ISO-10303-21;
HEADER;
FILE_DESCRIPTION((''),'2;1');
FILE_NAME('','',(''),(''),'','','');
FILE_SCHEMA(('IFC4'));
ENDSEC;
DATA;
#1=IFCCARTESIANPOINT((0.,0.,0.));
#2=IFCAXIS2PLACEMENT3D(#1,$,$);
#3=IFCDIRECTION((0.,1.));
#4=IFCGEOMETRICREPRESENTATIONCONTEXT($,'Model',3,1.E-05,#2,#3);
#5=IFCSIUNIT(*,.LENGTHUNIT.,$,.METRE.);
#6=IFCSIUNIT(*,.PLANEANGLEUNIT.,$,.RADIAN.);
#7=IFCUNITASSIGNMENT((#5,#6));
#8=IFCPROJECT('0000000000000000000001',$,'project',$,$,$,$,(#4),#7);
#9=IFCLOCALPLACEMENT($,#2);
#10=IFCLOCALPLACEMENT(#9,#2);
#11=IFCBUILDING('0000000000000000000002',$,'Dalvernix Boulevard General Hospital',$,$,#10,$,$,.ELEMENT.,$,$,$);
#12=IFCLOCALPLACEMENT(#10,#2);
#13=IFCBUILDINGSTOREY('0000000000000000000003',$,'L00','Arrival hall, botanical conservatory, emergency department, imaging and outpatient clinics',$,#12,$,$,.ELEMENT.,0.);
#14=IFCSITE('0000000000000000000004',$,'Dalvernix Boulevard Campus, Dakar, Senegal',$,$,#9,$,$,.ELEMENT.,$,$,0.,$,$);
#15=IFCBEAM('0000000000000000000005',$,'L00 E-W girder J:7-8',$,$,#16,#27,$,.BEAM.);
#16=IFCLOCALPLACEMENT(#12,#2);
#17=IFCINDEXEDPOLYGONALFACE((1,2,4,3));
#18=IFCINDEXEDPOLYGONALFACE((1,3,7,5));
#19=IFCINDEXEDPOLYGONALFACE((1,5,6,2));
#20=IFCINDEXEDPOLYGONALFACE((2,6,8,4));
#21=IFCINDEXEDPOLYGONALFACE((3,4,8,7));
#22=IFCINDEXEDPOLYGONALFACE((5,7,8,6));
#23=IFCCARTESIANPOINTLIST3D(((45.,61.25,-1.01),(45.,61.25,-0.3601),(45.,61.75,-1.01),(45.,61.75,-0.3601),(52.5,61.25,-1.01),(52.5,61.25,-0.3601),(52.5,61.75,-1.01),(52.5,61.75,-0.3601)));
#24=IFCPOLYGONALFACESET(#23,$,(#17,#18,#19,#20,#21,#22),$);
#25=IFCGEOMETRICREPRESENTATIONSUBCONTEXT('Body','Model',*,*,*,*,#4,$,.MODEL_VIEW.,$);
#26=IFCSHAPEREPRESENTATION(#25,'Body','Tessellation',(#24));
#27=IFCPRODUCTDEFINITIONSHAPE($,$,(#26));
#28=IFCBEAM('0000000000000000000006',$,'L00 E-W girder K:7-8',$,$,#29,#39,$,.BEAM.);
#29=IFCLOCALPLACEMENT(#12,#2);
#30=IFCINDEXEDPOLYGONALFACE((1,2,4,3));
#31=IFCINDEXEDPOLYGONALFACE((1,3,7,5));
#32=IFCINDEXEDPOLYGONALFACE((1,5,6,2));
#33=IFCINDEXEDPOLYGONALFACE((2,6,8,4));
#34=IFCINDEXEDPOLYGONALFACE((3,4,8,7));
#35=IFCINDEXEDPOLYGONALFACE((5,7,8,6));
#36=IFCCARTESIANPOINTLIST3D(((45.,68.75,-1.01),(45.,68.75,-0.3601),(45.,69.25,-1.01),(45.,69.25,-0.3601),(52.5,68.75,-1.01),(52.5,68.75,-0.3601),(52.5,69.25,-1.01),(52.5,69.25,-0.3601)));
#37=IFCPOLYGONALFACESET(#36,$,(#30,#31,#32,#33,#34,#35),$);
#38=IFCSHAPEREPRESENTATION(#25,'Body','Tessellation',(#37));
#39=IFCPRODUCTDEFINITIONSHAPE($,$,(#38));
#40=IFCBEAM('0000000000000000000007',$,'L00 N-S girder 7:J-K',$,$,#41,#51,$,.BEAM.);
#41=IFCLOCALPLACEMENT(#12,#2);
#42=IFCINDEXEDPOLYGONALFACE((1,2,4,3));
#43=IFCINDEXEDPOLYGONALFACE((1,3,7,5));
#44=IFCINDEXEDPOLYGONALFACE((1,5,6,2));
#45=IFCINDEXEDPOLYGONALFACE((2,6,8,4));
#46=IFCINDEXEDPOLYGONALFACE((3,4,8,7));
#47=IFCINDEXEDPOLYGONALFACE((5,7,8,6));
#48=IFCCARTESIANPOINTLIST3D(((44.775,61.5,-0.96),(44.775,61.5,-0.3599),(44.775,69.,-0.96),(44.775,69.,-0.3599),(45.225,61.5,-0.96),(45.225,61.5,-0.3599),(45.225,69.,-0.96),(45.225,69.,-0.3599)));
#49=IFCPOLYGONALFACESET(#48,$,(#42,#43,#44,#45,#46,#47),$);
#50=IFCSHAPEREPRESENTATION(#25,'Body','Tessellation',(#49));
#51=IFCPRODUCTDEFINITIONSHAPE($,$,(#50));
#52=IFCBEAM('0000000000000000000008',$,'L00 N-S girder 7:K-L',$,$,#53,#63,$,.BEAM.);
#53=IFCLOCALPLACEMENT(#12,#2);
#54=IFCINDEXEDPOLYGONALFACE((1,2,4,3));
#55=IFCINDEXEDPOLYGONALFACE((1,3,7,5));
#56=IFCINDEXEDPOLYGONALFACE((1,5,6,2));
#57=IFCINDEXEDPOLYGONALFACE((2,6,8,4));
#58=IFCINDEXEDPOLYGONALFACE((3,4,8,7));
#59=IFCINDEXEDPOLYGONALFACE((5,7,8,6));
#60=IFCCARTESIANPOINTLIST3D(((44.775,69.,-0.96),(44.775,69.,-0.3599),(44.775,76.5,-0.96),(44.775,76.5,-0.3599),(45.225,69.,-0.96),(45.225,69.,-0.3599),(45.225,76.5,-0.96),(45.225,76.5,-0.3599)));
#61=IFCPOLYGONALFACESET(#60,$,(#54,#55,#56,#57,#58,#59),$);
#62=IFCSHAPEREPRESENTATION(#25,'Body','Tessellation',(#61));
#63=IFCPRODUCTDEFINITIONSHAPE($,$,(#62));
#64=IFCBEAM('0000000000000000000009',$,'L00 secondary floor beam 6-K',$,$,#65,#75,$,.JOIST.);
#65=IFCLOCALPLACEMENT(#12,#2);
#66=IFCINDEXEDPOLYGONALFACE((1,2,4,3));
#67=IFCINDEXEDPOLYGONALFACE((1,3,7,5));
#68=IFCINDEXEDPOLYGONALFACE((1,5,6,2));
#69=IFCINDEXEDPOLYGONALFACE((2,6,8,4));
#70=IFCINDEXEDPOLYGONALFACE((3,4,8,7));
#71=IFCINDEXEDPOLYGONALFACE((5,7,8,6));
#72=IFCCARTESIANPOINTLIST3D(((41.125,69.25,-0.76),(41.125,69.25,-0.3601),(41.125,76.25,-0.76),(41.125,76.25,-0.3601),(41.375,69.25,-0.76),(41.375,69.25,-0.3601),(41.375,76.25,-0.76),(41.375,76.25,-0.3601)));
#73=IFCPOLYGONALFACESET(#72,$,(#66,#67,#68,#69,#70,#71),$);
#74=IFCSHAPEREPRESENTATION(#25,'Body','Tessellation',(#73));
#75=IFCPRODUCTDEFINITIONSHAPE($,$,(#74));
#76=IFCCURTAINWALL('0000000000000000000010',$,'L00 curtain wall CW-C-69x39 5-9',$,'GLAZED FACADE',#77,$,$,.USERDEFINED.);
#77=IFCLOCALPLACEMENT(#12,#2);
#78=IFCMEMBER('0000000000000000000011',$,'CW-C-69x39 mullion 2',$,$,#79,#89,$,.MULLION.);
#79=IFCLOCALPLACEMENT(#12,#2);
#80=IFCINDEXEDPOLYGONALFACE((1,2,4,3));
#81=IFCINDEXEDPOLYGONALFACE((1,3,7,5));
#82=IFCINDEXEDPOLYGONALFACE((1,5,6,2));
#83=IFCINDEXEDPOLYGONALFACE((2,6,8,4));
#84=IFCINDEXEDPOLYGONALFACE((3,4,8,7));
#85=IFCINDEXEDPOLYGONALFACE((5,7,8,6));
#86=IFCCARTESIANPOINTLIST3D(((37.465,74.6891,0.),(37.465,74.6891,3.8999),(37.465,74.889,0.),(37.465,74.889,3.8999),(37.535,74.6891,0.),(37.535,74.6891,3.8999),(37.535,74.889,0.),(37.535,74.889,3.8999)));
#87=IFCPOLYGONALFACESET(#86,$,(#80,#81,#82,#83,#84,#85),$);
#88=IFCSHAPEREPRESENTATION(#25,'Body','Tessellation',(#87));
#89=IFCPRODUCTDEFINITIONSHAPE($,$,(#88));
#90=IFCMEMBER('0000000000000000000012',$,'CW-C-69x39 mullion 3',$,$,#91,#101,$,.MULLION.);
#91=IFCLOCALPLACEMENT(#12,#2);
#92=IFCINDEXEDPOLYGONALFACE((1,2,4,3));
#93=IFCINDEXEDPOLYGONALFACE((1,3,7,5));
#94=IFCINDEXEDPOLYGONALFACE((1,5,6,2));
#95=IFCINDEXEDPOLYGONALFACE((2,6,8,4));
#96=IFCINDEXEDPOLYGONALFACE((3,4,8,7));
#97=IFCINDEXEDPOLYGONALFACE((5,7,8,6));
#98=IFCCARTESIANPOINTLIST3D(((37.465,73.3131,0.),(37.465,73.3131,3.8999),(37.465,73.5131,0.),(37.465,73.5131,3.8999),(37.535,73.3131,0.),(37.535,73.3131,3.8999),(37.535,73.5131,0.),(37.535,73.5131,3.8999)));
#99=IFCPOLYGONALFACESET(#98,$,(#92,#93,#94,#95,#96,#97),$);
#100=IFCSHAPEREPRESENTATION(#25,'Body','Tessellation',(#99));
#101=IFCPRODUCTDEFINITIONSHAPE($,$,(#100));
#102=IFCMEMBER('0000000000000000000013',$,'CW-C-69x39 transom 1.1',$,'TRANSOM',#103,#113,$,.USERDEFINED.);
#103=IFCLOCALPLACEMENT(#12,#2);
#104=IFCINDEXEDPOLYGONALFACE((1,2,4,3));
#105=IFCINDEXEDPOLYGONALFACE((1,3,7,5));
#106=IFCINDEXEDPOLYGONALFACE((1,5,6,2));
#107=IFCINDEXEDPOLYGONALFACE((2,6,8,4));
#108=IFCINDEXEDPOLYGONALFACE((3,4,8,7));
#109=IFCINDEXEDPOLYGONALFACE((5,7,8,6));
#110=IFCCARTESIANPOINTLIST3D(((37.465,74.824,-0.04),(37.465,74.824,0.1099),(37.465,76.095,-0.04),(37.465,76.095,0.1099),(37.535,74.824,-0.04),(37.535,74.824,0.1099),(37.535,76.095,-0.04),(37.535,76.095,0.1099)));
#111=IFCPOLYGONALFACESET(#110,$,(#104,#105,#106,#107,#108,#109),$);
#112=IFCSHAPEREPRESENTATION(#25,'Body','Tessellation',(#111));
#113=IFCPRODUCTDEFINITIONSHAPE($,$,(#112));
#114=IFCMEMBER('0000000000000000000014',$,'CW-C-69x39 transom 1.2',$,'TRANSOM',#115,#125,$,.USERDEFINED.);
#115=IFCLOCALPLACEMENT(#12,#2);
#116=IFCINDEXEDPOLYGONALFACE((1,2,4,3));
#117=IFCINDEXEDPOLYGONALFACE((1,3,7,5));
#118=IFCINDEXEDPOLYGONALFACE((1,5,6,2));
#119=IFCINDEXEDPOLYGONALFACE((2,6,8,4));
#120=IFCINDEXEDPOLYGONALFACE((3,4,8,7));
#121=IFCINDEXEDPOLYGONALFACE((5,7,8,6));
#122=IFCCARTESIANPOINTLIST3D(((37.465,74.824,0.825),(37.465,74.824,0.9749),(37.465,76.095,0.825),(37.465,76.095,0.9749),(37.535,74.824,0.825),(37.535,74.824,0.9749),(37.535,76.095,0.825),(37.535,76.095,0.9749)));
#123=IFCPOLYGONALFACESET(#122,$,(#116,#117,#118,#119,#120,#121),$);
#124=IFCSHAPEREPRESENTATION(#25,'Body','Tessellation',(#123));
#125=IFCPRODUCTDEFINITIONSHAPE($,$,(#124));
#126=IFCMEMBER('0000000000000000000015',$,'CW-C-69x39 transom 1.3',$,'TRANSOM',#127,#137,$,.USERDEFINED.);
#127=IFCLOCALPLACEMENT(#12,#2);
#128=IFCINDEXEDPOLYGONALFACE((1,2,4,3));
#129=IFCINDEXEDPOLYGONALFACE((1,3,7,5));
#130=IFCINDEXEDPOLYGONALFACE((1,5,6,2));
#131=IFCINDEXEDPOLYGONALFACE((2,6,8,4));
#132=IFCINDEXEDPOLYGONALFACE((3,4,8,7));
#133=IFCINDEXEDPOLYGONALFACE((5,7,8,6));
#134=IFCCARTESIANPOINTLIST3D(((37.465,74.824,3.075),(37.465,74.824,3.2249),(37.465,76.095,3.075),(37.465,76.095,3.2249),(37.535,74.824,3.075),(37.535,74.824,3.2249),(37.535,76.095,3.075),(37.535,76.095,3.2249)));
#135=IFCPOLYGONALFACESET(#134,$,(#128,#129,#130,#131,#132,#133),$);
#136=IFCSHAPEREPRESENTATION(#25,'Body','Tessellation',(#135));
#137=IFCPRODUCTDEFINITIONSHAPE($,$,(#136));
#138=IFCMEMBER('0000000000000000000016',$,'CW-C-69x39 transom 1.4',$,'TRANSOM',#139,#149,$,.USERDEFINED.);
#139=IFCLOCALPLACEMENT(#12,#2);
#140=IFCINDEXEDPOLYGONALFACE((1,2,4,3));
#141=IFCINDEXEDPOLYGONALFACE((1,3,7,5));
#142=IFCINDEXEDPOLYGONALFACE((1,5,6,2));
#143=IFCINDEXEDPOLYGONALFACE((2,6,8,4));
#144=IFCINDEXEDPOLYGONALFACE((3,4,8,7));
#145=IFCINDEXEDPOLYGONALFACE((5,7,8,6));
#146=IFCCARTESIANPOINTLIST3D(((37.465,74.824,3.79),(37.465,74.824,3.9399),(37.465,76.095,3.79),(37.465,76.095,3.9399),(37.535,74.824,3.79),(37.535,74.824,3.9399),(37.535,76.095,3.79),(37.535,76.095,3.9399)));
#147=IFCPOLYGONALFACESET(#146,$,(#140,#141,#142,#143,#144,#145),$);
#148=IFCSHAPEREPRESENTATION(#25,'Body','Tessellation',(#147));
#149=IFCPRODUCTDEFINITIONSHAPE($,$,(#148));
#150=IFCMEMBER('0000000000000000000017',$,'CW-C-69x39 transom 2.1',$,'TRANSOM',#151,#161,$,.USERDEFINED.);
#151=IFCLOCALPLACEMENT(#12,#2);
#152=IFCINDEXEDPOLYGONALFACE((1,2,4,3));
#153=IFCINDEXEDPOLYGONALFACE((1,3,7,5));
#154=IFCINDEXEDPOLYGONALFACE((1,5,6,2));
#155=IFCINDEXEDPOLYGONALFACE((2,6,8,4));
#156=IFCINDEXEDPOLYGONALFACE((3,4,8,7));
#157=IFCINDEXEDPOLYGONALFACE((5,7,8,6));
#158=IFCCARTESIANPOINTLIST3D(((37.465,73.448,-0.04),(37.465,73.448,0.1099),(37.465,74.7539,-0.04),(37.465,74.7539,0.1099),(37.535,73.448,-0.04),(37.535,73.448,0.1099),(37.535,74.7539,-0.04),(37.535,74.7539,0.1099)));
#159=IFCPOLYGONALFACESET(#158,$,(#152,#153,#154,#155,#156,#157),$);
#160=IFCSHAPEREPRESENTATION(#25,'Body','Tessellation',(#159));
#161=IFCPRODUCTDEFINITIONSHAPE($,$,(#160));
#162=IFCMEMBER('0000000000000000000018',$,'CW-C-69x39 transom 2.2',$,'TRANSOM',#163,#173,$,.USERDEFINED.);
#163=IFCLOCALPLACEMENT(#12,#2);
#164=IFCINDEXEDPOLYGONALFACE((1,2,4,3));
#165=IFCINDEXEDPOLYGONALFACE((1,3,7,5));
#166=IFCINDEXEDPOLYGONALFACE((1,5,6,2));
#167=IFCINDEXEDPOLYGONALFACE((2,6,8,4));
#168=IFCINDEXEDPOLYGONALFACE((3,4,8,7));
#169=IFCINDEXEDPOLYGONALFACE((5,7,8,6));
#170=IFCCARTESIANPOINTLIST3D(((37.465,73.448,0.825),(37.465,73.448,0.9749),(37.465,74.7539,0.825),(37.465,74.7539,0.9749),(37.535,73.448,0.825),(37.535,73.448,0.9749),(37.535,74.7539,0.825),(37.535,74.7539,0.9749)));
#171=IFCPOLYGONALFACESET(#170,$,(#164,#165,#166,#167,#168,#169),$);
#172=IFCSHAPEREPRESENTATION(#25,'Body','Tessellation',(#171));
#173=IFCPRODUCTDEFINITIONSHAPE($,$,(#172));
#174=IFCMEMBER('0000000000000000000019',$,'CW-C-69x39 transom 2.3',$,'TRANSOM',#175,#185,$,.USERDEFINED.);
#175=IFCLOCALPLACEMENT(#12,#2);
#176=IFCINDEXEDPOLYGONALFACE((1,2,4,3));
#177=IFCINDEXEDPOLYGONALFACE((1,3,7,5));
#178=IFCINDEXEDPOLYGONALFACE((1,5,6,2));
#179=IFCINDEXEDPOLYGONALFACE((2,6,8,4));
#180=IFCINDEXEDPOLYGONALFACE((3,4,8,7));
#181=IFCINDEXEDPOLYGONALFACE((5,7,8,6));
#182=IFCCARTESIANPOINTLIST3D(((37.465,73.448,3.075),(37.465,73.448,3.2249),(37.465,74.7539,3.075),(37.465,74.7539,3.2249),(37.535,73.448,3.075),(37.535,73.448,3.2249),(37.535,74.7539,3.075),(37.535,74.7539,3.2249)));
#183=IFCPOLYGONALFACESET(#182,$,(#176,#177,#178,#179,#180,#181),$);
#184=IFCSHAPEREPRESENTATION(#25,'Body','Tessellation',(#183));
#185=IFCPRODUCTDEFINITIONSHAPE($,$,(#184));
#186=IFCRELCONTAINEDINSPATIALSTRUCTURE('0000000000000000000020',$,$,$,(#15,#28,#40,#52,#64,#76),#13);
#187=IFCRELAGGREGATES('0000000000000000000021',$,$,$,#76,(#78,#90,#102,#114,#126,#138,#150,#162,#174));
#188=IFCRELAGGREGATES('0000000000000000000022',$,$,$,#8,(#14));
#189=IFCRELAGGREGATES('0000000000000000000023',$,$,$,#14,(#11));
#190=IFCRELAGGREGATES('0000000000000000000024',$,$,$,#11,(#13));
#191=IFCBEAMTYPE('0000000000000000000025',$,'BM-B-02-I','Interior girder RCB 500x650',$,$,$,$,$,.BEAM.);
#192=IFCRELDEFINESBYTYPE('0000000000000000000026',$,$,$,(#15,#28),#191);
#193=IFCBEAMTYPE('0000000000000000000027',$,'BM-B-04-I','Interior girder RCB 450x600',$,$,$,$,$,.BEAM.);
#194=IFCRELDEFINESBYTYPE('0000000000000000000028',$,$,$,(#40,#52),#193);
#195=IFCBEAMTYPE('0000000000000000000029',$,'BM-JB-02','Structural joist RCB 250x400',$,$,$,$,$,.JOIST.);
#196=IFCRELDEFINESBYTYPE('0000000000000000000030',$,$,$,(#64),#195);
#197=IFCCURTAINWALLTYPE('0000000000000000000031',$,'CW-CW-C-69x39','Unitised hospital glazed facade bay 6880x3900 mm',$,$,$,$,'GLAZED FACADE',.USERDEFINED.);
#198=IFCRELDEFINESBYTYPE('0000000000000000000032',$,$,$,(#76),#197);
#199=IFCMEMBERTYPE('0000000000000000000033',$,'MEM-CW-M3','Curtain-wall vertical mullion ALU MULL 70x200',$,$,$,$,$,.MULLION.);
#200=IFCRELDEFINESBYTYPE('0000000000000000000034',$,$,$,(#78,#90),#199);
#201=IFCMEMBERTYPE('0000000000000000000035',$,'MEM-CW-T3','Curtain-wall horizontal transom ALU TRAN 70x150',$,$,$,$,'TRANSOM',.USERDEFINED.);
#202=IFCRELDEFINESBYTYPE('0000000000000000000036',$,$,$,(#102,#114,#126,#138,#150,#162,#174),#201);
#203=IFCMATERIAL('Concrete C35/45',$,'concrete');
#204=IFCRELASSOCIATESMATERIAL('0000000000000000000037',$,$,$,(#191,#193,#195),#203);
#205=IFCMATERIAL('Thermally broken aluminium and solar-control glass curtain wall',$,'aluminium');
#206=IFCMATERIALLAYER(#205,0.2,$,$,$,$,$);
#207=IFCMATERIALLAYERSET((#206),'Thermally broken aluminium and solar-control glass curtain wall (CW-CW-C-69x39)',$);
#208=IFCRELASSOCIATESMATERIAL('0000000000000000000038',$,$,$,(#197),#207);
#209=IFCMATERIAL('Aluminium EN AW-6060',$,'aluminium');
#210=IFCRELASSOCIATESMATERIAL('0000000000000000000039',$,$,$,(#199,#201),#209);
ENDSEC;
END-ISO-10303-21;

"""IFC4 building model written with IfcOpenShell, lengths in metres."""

from ifc_helpers import new_model, si_unit, direction, frame, origin, origin_2d, place, context, subcontext, project, spatial, rectangle, extrude, material, layer, layer_set, material_profile, profile_set, type_object, element, aggregate, save


model = new_model("IFC4")

# Units and contexts
model_context = context("Model", 3, precision=1e-05, world=origin(), true_north=direction((0.0, 1.0)))
body_context = subcontext(model_context, "Body", "Model", "MODEL_VIEW")
ifc_project = project(units=[si_unit("LENGTHUNIT", "METRE"), si_unit("PLANEANGLEUNIT", "RADIAN")], contexts=[model_context])

# Site, building, storey
site_placement = place(None, origin())
site = spatial("IfcSite", under=ifc_project, at=site_placement, Name="Dalvernix Boulevard Campus, Dakar, Senegal", CompositionType="ELEMENT", RefElevation=0.0)
building_placement = place(site_placement, origin())
building = spatial("IfcBuilding", under=site, at=building_placement, Name="Dalvernix Boulevard General Hospital", CompositionType="ELEMENT")
storey_placement = place(building_placement, origin())
storey = spatial("IfcBuildingStorey", under=building, at=storey_placement, Name="L00", Description="Arrival hall, botanical conservatory, emergency department, imaging and outpatient clinics", CompositionType="ELEMENT", Elevation=0.0)

# Beams
ifc_material_1 = material(Name="Concrete C35/45", Category="concrete")
ifc_material_profile_1 = material_profile(ifc_material_1, rectangle(XDim=0.5, YDim=0.6499, at=origin_2d()), Name="RCB 500x650")
ifc_profile_set_1 = profile_set([ifc_material_profile_1], Name="Concrete C35/45")
beam_type_1 = type_object("IfcBeamType", Name="BM-B-02-I", Description="Interior girder RCB 500x650", PredefinedType="BEAM", material=ifc_profile_set_1)
for number, where, z_axis, x_axis, name in (
    (1, (45.0, 61.5, -0.6851), (1.0, 0.0, 0.0), (0.0, 1.0, 0.0), "L00 E-W girder J:7-8"),
    (2, (45.0, 69.0, -0.6851), (1.0, 0.0, 0.0), (0.0, 1.0, 0.0), "L00 E-W girder K:7-8"),
):
    element("IfcBeam", number, at=place(storey_placement, frame(where, z_axis=z_axis, x_axis=x_axis)), inside=storey, type_object=beam_type_1, Name=name, PredefinedType="BEAM", context=body_context, shape_type="SweptSolid", body=[
        extrude(rectangle(XDim=0.5, YDim=0.6499, at=origin_2d()), origin(), (0.0, 0.0, 1.0), 7.5),
    ])
ifc_material_profile_2 = material_profile(ifc_material_1, rectangle(XDim=0.45, YDim=0.6001, at=origin_2d()), Name="RCB 450x600")
ifc_profile_set_2 = profile_set([ifc_material_profile_2], Name="Concrete C35/45")
beam_type_2 = type_object("IfcBeamType", Name="BM-B-04-I", Description="Interior girder RCB 450x600", PredefinedType="BEAM", material=ifc_profile_set_2)
for number, where, z_axis, x_axis, name in (
    (3, (45.0, 61.5, -0.6599), (0.0, 1.0, 0.0), (-1.0, 0.0, 0.0), "L00 N-S girder 7:J-K"),
    (4, (45.0, 69.0, -0.6599), (0.0, 1.0, 0.0), (-1.0, 0.0, 0.0), "L00 N-S girder 7:K-L"),
):
    element("IfcBeam", number, at=place(storey_placement, frame(where, z_axis=z_axis, x_axis=x_axis)), inside=storey, type_object=beam_type_2, Name=name, PredefinedType="BEAM", context=body_context, shape_type="SweptSolid", body=[
        extrude(rectangle(XDim=0.45, YDim=0.6001, at=origin_2d()), origin(), (0.0, 0.0, 1.0), 7.5),
    ])
ifc_material_profile_3 = material_profile(ifc_material_1, rectangle(XDim=0.25, YDim=0.3999, at=origin_2d()), Name="RCB 250x400")
ifc_profile_set_3 = profile_set([ifc_material_profile_3], Name="Concrete C35/45")
beam_type_3 = type_object("IfcBeamType", Name="BM-JB-02", Description="Structural joist RCB 250x400", PredefinedType="JOIST", material=ifc_profile_set_3)
beam_placement = place(storey_placement, frame((41.25, 69.25, -0.5601), z_axis=(0.0, 1.0, 0.0), x_axis=(-1.0, 0.0, 0.0)))
element("IfcBeam", 5, at=beam_placement, inside=storey, type_object=beam_type_3, Name="L00 secondary floor beam 6-K", PredefinedType="JOIST", context=body_context, shape_type="SweptSolid", body=[
    extrude(rectangle(XDim=0.25, YDim=0.3999, at=origin_2d()), origin(), (0.0, 0.0, 1.0), 7.0),
])

# Curtain wall, members
ifc_material_2 = material(Name="Thermally broken aluminium and solar-control glass curtain wall", Category="aluminium")
ifc_layer_1 = layer(ifc_material_2, 0.2)
ifc_layer_set_1 = layer_set([ifc_layer_1], Name="Thermally broken aluminium and solar-control glass curtain wall (CW-CW-C-69x39)")
curtain_wall_type = type_object("IfcCurtainWallType", Name="CW-CW-C-69x39", Description="Unitised hospital glazed facade bay 6880x3900 mm", ElementType="GLAZED FACADE", PredefinedType="USERDEFINED", material=ifc_layer_set_1)
curtain_wall_placement = place(storey_placement, origin())
curtain_wall = element("IfcCurtainWall", 6, at=curtain_wall_placement, inside=storey, type_object=curtain_wall_type, Name="L00 curtain wall CW-C-69x39 5-9", ObjectType="GLAZED FACADE", PredefinedType="USERDEFINED")
ifc_material_3 = material(Name="Aluminium EN AW-6060", Category="aluminium")
ifc_material_profile_4 = material_profile(ifc_material_3, rectangle(XDim=0.0701, YDim=0.2, at=origin_2d()), Name="ALU MULL 70x200")
ifc_profile_set_4 = profile_set([ifc_material_profile_4], Name="Aluminium EN AW-6060")
member_type_1 = type_object("IfcMemberType", Name="MEM-CW-M3", Description="Curtain-wall vertical mullion ALU MULL 70x200", PredefinedType="MULLION", material=ifc_profile_set_4)
member_1_placement = place(storey_placement, frame((37.5, 74.7891, 0.0), z_axis=(0.0, 0.0, 1.0), x_axis=(1.0, 0.0, 0.0)))
member_1 = element("IfcMember", 7, at=member_1_placement, type_object=member_type_1, Name="CW-C-69x39 mullion 2", PredefinedType="MULLION", context=body_context, shape_type="SweptSolid", body=[
    extrude(rectangle(XDim=0.0701, YDim=0.2, at=origin_2d()), origin(), (0.0, 0.0, 1.0), 3.8999),
])
member_2_placement = place(storey_placement, frame((37.5, 73.4131, 0.0), z_axis=(0.0, 0.0, 1.0), x_axis=(1.0, 0.0, 0.0)))
member_2 = element("IfcMember", 8, at=member_2_placement, type_object=member_type_1, Name="CW-C-69x39 mullion 3", PredefinedType="MULLION", context=body_context, shape_type="SweptSolid", body=[
    extrude(rectangle(XDim=0.0701, YDim=0.2, at=origin_2d()), origin(), (0.0, 0.0, 1.0), 3.8999),
])
ifc_material_profile_5 = material_profile(ifc_material_3, rectangle(XDim=0.0701, YDim=0.1499, at=origin_2d()), Name="ALU TRAN 70x150")
ifc_profile_set_5 = profile_set([ifc_material_profile_5], Name="Aluminium EN AW-6060")
member_type_2 = type_object("IfcMemberType", Name="MEM-CW-T3", Description="Curtain-wall horizontal transom ALU TRAN 70x150", ElementType="TRANSOM", PredefinedType="USERDEFINED", material=ifc_profile_set_5)
member_3_placement = place(storey_placement, frame((37.5, 76.095, 0.0349), z_axis=(0.0, -1.0, 0.0), x_axis=(1.0, 0.0, 0.0)))
member_3 = element("IfcMember", 9, at=member_3_placement, type_object=member_type_2, Name="CW-C-69x39 transom 1.1", ObjectType="TRANSOM", PredefinedType="USERDEFINED", context=body_context, shape_type="SweptSolid", body=[
    extrude(rectangle(XDim=0.0701, YDim=0.1499, at=origin_2d()), origin(), (0.0, 0.0, 1.0), 1.271),
])
member_4_placement = place(storey_placement, frame((37.5, 76.095, 0.8999), z_axis=(0.0, -1.0, 0.0), x_axis=(1.0, 0.0, 0.0)))
member_4 = element("IfcMember", 10, at=member_4_placement, type_object=member_type_2, Name="CW-C-69x39 transom 1.2", ObjectType="TRANSOM", PredefinedType="USERDEFINED", context=body_context, shape_type="SweptSolid", body=[
    extrude(rectangle(XDim=0.0701, YDim=0.1499, at=origin_2d()), origin(), (0.0, 0.0, 1.0), 1.271),
])
member_5_placement = place(storey_placement, frame((37.5, 76.095, 3.1499), z_axis=(0.0, -1.0, 0.0), x_axis=(1.0, 0.0, 0.0)))
member_5 = element("IfcMember", 11, at=member_5_placement, type_object=member_type_2, Name="CW-C-69x39 transom 1.3", ObjectType="TRANSOM", PredefinedType="USERDEFINED", context=body_context, shape_type="SweptSolid", body=[
    extrude(rectangle(XDim=0.0701, YDim=0.1499, at=origin_2d()), origin(), (0.0, 0.0, 1.0), 1.271),
])
member_6_placement = place(storey_placement, frame((37.5, 76.095, 3.865), z_axis=(0.0, -1.0, 0.0), x_axis=(1.0, 0.0, 0.0)))
member_6 = element("IfcMember", 12, at=member_6_placement, type_object=member_type_2, Name="CW-C-69x39 transom 1.4", ObjectType="TRANSOM", PredefinedType="USERDEFINED", context=body_context, shape_type="SweptSolid", body=[
    extrude(rectangle(XDim=0.0701, YDim=0.1499, at=origin_2d()), origin(), (0.0, 0.0, 1.0), 1.271),
])
member_7_placement = place(storey_placement, frame((37.5, 74.7539, 0.0349), z_axis=(0.0, -1.0, 0.0), x_axis=(1.0, 0.0, 0.0)))
member_7 = element("IfcMember", 13, at=member_7_placement, type_object=member_type_2, Name="CW-C-69x39 transom 2.1", ObjectType="TRANSOM", PredefinedType="USERDEFINED", context=body_context, shape_type="SweptSolid", body=[
    extrude(rectangle(XDim=0.0701, YDim=0.1499, at=origin_2d()), origin(), (0.0, 0.0, 1.0), 1.3059),
])
member_8_placement = place(storey_placement, frame((37.5, 74.7539, 0.8999), z_axis=(0.0, -1.0, 0.0), x_axis=(1.0, 0.0, 0.0)))
member_8 = element("IfcMember", 14, at=member_8_placement, type_object=member_type_2, Name="CW-C-69x39 transom 2.2", ObjectType="TRANSOM", PredefinedType="USERDEFINED", context=body_context, shape_type="SweptSolid", body=[
    extrude(rectangle(XDim=0.0701, YDim=0.1499, at=origin_2d()), origin(), (0.0, 0.0, 1.0), 1.3059),
])
member_9_placement = place(storey_placement, frame((37.5, 74.7539, 3.1499), z_axis=(0.0, -1.0, 0.0), x_axis=(1.0, 0.0, 0.0)))
member_9 = element("IfcMember", 15, at=member_9_placement, type_object=member_type_2, Name="CW-C-69x39 transom 2.3", ObjectType="TRANSOM", PredefinedType="USERDEFINED", context=body_context, shape_type="SweptSolid", body=[
    extrude(rectangle(XDim=0.0701, YDim=0.1499, at=origin_2d()), origin(), (0.0, 0.0, 1.0), 1.3059),
])
aggregate(curtain_wall, [member_1, member_2, member_3, member_4, member_5, member_6, member_7, member_8, member_9])

save(model, "model.ifc")
